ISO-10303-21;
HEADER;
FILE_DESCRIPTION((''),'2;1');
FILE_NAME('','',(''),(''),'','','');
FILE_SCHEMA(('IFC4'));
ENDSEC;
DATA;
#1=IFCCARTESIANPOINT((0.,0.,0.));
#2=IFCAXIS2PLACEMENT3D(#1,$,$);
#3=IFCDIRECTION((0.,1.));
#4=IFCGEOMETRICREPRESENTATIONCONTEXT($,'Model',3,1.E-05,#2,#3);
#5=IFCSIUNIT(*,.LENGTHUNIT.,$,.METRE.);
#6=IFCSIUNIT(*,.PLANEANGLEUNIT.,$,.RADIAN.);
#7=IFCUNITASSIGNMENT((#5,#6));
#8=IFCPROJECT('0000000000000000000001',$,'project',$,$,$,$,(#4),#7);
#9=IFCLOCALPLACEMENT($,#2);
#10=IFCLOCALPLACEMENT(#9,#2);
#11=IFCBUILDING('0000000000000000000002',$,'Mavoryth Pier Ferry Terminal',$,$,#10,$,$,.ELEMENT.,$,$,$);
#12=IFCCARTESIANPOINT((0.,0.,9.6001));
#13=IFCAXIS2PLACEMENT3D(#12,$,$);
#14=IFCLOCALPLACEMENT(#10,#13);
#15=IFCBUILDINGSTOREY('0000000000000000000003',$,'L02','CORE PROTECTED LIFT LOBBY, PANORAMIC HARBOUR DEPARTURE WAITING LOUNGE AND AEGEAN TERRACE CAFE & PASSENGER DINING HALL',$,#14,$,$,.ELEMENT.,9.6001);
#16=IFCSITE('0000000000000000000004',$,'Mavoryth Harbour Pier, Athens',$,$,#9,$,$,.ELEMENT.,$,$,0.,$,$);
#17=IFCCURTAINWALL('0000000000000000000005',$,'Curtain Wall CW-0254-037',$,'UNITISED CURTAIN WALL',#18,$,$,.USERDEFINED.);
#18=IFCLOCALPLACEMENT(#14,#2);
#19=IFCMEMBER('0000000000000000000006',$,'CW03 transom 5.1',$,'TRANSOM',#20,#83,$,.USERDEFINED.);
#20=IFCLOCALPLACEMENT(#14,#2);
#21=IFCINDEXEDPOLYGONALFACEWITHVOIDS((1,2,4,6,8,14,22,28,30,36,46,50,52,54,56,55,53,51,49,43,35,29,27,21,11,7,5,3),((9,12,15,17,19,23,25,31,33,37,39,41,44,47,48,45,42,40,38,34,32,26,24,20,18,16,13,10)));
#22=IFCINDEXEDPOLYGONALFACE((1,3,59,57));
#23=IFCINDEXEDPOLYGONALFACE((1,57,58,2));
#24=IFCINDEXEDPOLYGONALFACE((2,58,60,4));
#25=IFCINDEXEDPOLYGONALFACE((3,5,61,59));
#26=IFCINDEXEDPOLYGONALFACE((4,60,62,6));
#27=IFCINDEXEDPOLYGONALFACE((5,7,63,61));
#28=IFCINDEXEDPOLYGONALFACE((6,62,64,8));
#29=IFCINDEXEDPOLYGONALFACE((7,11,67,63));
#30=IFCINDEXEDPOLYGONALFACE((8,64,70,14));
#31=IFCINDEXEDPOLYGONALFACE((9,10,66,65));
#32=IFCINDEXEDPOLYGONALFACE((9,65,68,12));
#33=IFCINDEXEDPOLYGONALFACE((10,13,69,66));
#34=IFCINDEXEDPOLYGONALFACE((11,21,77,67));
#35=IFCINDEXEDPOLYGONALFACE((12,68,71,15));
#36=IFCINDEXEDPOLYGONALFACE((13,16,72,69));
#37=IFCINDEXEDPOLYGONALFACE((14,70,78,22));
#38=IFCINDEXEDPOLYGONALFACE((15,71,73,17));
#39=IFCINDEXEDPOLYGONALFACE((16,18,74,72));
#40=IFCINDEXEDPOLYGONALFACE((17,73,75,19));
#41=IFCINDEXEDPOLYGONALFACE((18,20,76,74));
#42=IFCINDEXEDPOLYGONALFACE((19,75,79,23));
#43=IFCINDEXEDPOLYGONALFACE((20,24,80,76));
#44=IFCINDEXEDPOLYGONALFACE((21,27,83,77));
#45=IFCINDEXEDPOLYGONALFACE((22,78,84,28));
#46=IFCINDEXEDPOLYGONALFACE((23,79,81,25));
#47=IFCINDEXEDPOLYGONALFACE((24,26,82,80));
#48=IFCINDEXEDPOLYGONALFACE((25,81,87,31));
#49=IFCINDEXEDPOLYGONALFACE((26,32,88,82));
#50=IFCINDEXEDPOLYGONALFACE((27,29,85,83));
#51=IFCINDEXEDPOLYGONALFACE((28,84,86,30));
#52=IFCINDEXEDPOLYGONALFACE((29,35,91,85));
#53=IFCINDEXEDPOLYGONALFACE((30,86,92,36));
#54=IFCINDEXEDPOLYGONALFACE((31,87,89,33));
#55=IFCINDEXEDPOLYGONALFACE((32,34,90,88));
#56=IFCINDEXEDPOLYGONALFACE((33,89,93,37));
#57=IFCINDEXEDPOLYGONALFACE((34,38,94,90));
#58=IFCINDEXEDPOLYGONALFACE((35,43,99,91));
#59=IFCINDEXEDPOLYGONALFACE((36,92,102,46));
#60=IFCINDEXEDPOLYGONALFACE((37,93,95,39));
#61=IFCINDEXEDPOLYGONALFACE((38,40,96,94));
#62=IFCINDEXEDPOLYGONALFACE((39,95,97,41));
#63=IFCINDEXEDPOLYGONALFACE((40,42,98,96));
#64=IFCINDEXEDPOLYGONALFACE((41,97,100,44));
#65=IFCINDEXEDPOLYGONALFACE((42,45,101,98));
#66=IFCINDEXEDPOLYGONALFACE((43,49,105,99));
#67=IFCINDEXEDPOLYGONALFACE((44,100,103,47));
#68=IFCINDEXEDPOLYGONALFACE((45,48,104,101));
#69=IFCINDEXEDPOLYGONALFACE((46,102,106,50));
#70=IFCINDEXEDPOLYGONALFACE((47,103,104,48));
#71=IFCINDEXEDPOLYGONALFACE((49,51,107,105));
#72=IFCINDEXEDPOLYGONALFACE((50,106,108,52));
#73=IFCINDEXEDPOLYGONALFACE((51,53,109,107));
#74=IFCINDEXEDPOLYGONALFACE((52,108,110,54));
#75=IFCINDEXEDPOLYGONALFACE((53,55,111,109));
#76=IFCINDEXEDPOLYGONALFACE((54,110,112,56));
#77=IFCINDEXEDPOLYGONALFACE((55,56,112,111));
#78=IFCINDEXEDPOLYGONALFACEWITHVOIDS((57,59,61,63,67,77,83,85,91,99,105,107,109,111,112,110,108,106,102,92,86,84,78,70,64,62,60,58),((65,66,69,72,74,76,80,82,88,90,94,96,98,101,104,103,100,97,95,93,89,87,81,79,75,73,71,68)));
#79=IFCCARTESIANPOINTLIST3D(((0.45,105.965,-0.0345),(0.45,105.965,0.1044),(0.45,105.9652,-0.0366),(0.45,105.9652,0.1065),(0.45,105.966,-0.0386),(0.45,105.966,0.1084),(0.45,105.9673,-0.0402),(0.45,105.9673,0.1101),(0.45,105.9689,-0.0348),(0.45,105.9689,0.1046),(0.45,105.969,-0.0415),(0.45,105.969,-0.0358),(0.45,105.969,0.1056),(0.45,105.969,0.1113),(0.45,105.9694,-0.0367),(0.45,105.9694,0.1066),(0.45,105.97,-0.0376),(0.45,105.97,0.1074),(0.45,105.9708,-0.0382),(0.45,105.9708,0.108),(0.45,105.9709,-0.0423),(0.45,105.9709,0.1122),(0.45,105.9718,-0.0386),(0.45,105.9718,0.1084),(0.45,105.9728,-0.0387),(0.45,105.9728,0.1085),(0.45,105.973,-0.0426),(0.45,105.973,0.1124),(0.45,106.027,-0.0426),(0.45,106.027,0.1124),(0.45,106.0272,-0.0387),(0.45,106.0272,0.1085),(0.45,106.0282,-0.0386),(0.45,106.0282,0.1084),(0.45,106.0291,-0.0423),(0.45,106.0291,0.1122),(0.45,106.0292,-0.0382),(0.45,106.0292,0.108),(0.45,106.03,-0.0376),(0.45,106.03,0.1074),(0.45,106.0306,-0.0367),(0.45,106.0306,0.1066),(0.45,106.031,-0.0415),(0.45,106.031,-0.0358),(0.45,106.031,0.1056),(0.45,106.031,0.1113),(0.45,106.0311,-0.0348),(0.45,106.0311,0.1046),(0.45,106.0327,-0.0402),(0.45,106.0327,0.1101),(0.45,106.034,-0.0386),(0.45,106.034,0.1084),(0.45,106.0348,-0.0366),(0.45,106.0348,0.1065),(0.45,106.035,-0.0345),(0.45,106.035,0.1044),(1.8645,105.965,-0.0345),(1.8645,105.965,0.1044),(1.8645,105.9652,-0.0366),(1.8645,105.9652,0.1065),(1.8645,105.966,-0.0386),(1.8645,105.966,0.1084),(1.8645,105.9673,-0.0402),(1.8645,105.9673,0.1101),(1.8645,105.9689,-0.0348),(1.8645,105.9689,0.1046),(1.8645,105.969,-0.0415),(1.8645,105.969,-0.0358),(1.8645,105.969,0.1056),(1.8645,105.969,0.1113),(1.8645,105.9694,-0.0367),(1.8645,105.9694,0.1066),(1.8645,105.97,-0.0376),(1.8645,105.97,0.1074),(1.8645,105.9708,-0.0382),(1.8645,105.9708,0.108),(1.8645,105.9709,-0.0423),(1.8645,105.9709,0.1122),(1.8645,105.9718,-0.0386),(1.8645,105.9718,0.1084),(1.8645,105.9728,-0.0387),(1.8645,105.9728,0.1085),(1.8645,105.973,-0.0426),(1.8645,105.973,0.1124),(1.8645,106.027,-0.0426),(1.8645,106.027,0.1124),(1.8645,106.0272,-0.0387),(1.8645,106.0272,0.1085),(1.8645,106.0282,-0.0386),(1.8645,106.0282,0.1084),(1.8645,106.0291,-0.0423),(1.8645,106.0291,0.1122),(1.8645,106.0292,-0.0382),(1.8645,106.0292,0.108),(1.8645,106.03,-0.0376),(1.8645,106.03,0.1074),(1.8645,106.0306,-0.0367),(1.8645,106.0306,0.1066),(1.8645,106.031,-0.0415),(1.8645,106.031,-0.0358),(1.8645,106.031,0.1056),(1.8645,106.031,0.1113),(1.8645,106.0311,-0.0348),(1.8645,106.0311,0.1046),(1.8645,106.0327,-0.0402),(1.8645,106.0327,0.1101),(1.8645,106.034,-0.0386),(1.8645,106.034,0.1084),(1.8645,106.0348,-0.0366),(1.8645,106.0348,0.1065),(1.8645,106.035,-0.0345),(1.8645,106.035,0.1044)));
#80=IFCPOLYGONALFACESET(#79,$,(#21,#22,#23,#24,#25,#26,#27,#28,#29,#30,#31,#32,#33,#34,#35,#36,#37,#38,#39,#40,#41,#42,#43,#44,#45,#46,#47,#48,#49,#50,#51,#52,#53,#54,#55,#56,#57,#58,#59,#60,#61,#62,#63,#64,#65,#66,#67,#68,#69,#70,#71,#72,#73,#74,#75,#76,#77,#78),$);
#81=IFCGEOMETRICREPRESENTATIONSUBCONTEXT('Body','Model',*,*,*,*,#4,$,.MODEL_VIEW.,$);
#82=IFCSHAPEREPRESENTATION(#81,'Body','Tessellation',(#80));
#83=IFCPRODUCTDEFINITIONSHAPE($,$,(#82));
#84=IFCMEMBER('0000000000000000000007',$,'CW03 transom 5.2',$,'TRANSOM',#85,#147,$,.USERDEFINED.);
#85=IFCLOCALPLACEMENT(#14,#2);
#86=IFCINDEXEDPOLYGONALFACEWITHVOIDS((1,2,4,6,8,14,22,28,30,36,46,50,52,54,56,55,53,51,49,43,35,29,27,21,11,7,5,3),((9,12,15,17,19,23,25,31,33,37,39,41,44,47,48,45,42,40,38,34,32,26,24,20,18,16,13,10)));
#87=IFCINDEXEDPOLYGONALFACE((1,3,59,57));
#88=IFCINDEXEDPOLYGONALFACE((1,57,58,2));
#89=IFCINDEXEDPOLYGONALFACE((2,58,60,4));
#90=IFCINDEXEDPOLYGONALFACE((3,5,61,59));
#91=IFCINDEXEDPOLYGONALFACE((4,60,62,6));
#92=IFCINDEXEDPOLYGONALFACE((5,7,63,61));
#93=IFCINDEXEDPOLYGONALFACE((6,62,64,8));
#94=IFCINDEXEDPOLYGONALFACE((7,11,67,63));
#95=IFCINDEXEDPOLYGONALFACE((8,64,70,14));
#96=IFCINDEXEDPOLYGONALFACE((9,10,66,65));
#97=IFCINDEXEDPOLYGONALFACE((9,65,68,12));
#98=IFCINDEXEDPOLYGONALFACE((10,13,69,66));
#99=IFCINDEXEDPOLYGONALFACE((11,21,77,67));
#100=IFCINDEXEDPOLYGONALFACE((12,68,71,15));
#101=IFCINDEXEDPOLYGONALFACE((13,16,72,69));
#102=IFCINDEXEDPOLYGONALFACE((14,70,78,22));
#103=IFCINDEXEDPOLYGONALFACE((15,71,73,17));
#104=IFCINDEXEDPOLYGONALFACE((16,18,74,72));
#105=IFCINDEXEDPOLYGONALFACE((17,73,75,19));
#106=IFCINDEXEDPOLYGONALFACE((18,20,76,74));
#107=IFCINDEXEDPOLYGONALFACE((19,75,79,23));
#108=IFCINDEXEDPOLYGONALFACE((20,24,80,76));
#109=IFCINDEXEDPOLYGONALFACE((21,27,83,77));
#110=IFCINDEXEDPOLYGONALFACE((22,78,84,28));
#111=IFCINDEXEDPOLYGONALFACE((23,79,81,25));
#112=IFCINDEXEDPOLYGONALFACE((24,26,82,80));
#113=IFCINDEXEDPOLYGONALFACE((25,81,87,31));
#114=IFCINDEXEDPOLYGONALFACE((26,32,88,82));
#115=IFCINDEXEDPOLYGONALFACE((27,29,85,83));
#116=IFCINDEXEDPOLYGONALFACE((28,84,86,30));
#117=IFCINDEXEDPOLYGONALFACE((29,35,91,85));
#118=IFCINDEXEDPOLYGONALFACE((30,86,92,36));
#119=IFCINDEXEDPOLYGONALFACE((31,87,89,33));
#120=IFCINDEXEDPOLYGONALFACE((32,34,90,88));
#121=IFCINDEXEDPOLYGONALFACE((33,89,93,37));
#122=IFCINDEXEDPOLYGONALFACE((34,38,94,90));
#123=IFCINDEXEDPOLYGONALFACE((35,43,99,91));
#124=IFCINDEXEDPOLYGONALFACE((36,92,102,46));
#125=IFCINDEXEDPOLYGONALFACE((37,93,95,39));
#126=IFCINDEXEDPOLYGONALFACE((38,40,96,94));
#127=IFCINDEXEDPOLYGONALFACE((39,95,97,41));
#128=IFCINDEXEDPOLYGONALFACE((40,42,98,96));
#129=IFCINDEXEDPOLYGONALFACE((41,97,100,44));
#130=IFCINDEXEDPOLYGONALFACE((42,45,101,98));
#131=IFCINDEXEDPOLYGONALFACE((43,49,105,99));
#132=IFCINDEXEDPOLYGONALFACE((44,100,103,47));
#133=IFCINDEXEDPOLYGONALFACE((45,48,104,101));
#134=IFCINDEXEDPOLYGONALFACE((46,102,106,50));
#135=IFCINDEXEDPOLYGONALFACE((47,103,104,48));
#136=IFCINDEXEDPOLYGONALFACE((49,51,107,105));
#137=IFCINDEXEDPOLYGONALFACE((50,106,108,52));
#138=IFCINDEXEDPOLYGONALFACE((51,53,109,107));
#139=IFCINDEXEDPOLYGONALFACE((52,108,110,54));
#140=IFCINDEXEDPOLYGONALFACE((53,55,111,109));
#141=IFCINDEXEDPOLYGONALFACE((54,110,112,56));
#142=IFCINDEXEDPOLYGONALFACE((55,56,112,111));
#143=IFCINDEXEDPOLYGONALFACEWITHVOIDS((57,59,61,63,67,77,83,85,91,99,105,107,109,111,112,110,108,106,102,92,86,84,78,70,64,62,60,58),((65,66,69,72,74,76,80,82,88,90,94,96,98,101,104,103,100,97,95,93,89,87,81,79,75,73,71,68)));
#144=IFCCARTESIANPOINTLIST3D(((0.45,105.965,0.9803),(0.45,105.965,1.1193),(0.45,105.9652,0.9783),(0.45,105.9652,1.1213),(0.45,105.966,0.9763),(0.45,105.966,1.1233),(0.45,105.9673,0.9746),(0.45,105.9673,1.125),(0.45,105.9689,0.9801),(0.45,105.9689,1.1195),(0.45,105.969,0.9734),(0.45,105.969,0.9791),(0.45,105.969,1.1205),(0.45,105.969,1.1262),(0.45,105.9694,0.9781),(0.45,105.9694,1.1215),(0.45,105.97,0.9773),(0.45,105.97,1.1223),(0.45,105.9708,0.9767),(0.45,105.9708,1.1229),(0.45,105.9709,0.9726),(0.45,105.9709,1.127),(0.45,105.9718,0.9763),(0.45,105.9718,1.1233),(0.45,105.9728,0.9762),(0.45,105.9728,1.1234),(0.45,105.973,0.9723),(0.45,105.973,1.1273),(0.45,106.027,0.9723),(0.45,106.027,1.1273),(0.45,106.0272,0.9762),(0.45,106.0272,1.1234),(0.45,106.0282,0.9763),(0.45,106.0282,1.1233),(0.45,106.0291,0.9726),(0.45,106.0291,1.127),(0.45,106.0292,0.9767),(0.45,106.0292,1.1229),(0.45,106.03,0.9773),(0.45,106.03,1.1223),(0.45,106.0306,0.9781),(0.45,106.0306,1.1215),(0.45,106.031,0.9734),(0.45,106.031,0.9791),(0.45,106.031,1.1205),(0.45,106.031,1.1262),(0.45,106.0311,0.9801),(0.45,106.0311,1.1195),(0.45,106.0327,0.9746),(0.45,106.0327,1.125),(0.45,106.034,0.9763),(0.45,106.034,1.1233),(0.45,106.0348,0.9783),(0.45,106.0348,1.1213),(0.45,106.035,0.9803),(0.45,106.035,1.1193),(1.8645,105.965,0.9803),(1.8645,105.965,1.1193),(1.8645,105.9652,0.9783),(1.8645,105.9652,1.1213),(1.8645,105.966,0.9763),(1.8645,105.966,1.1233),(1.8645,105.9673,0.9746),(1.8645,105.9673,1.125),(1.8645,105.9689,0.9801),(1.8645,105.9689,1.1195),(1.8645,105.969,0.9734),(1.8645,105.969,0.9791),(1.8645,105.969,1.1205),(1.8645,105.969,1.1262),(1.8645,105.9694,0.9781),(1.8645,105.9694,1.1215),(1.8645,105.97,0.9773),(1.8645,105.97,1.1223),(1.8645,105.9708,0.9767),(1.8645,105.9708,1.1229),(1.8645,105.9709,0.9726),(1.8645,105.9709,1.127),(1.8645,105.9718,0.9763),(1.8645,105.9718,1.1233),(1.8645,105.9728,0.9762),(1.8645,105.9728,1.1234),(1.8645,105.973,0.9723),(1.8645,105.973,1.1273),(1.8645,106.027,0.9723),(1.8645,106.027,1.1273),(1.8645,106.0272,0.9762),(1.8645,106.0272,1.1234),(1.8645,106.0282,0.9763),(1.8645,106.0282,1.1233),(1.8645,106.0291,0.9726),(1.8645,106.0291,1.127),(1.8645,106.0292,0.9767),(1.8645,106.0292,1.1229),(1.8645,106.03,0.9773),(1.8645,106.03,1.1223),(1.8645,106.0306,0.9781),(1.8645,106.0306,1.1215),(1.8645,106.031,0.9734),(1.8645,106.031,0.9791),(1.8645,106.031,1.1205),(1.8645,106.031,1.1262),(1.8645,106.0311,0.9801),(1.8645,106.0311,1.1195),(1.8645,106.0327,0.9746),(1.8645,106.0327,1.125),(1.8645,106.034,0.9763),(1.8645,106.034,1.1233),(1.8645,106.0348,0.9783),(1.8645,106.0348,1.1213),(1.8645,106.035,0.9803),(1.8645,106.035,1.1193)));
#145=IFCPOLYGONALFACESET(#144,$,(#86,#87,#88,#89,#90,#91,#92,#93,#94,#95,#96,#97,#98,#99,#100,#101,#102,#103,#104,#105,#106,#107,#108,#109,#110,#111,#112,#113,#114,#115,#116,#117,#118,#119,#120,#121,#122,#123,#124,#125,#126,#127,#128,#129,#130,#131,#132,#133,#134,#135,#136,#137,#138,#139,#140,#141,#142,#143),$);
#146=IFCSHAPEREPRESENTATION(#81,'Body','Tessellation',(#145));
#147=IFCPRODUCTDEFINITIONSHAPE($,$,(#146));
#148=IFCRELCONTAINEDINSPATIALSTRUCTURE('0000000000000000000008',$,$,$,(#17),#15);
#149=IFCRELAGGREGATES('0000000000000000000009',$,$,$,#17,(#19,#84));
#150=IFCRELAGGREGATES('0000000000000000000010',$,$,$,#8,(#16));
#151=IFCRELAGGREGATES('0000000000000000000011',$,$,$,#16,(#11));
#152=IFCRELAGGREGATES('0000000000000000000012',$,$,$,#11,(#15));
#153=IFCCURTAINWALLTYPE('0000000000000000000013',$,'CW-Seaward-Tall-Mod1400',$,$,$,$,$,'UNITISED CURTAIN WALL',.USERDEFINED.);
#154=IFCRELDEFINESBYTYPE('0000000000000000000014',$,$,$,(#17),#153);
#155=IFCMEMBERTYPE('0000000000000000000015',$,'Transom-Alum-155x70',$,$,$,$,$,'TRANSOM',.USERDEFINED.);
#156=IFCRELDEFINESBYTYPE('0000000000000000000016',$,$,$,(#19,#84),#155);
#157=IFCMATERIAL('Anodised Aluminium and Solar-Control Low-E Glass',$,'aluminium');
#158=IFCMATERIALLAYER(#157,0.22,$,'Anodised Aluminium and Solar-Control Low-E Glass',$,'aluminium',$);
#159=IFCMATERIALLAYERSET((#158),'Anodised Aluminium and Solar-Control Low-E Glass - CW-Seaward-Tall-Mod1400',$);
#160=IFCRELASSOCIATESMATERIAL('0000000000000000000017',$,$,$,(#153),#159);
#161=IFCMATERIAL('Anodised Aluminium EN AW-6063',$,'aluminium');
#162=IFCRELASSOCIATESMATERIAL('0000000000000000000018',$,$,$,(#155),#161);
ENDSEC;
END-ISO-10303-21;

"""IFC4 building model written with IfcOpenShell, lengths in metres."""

from ifc_helpers import new_model, si_unit, direction, frame, origin, origin_2d, place, context, subcontext, project, spatial, hollow_rectangle, extrude, material, layer, layer_set, material_profile, profile_set, type_object, element, aggregate, save


model = new_model("IFC4")

# Units and contexts
model_context = context("Model", 3, precision=1e-05, world=origin(), true_north=direction((0.0, 1.0)))
body_context = subcontext(model_context, "Body", "Model", "MODEL_VIEW")
ifc_project = project(units=[si_unit("LENGTHUNIT", "METRE"), si_unit("PLANEANGLEUNIT", "RADIAN")], contexts=[model_context])

# Site, building, storey
site_placement = place(None, origin())
site = spatial("IfcSite", under=ifc_project, at=site_placement, Name="Mavoryth Harbour Pier, Athens", CompositionType="ELEMENT", RefElevation=0.0)
building_placement = place(site_placement, origin())
building = spatial("IfcBuilding", under=site, at=building_placement, Name="Mavoryth Pier Ferry Terminal", CompositionType="ELEMENT")
storey_placement = place(building_placement, frame((0.0, 0.0, 9.6001)))
storey = spatial("IfcBuildingStorey", under=building, at=storey_placement, Name="L02", Description="CORE PROTECTED LIFT LOBBY, PANORAMIC HARBOUR DEPARTURE WAITING LOUNGE AND AEGEAN TERRACE CAFE & PASSENGER DINING HALL", CompositionType="ELEMENT", Elevation=9.6001)

# Curtain wall
ifc_material_1 = material(Name="Anodised Aluminium and Solar-Control Low-E Glass", Category="aluminium")
ifc_material_2 = material(Name="Anodised Aluminium EN AW-6063", Category="aluminium")
ifc_layer_1 = layer(ifc_material_1, 0.22, Name="Anodised Aluminium and Solar-Control Low-E Glass", Category="aluminium")
ifc_layer_set_1 = layer_set([ifc_layer_1], Name="Anodised Aluminium and Solar-Control Low-E Glass - CW-Seaward-Tall-Mod1400")
curtain_wall_type_1 = type_object("IfcCurtainWallType", Name="CW-Seaward-Tall-Mod1400", ElementType="UNITISED CURTAIN WALL", PredefinedType="USERDEFINED", material=ifc_layer_set_1)
curtain_wall_1_placement = place(storey_placement, origin())
curtain_wall_1 = element("IfcCurtainWall", 1, at=curtain_wall_1_placement, inside=storey, type_object=curtain_wall_type_1, Name="Curtain Wall CW-0254-037", ObjectType="UNITISED CURTAIN WALL", PredefinedType="USERDEFINED")

# Members
ifc_material_profile_1 = material_profile(ifc_material_2, hollow_rectangle(XDim=0.0701, YDim=0.155, WallThickness=0.0039, InnerFilletRadius=0.0039, OuterFilletRadius=0.0081, at=origin_2d()), Name="AL-TRAN 155x70x4", Category="aluminium")
ifc_profile_set_1 = profile_set([ifc_material_profile_1], Name="Anodised Aluminium EN AW-6063 - AL-TRAN 155x70x4")
member_type_1 = type_object("IfcMemberType", Name="Transom-Alum-155x70", ElementType="TRANSOM", PredefinedType="USERDEFINED", material=ifc_profile_set_1)
member_1_placement = place(storey_placement, frame((1.8645, 106.0, 0.0349), z_axis=(-1.0, 0.0, 0.0), x_axis=(0.0, -1.0, 0.0)))
member_1 = element("IfcMember", 2, at=member_1_placement, type_object=member_type_1, Name="CW03 transom 5.1", ObjectType="TRANSOM", PredefinedType="USERDEFINED", context=body_context, shape_type="SweptSolid", body=[
    extrude(hollow_rectangle(XDim=0.0701, YDim=0.155, WallThickness=0.0039, InnerFilletRadius=0.0039, OuterFilletRadius=0.0081, at=origin_2d()), origin(), (0.0, 0.0, 1.0), 1.4146),
])
member_2_placement = place(storey_placement, frame((1.8645, 106.0, 1.0498), z_axis=(-1.0, 0.0, 0.0), x_axis=(0.0, -1.0, 0.0)))
member_2 = element("IfcMember", 3, at=member_2_placement, type_object=member_type_1, Name="CW03 transom 5.2", ObjectType="TRANSOM", PredefinedType="USERDEFINED", context=body_context, shape_type="SweptSolid", body=[
    extrude(hollow_rectangle(XDim=0.0701, YDim=0.155, WallThickness=0.0039, InnerFilletRadius=0.0039, OuterFilletRadius=0.0081, at=origin_2d()), origin(), (0.0, 0.0, 1.0), 1.4146),
])

aggregate(curtain_wall_1, [member_1, member_2])

save(model, "model.ifc")
